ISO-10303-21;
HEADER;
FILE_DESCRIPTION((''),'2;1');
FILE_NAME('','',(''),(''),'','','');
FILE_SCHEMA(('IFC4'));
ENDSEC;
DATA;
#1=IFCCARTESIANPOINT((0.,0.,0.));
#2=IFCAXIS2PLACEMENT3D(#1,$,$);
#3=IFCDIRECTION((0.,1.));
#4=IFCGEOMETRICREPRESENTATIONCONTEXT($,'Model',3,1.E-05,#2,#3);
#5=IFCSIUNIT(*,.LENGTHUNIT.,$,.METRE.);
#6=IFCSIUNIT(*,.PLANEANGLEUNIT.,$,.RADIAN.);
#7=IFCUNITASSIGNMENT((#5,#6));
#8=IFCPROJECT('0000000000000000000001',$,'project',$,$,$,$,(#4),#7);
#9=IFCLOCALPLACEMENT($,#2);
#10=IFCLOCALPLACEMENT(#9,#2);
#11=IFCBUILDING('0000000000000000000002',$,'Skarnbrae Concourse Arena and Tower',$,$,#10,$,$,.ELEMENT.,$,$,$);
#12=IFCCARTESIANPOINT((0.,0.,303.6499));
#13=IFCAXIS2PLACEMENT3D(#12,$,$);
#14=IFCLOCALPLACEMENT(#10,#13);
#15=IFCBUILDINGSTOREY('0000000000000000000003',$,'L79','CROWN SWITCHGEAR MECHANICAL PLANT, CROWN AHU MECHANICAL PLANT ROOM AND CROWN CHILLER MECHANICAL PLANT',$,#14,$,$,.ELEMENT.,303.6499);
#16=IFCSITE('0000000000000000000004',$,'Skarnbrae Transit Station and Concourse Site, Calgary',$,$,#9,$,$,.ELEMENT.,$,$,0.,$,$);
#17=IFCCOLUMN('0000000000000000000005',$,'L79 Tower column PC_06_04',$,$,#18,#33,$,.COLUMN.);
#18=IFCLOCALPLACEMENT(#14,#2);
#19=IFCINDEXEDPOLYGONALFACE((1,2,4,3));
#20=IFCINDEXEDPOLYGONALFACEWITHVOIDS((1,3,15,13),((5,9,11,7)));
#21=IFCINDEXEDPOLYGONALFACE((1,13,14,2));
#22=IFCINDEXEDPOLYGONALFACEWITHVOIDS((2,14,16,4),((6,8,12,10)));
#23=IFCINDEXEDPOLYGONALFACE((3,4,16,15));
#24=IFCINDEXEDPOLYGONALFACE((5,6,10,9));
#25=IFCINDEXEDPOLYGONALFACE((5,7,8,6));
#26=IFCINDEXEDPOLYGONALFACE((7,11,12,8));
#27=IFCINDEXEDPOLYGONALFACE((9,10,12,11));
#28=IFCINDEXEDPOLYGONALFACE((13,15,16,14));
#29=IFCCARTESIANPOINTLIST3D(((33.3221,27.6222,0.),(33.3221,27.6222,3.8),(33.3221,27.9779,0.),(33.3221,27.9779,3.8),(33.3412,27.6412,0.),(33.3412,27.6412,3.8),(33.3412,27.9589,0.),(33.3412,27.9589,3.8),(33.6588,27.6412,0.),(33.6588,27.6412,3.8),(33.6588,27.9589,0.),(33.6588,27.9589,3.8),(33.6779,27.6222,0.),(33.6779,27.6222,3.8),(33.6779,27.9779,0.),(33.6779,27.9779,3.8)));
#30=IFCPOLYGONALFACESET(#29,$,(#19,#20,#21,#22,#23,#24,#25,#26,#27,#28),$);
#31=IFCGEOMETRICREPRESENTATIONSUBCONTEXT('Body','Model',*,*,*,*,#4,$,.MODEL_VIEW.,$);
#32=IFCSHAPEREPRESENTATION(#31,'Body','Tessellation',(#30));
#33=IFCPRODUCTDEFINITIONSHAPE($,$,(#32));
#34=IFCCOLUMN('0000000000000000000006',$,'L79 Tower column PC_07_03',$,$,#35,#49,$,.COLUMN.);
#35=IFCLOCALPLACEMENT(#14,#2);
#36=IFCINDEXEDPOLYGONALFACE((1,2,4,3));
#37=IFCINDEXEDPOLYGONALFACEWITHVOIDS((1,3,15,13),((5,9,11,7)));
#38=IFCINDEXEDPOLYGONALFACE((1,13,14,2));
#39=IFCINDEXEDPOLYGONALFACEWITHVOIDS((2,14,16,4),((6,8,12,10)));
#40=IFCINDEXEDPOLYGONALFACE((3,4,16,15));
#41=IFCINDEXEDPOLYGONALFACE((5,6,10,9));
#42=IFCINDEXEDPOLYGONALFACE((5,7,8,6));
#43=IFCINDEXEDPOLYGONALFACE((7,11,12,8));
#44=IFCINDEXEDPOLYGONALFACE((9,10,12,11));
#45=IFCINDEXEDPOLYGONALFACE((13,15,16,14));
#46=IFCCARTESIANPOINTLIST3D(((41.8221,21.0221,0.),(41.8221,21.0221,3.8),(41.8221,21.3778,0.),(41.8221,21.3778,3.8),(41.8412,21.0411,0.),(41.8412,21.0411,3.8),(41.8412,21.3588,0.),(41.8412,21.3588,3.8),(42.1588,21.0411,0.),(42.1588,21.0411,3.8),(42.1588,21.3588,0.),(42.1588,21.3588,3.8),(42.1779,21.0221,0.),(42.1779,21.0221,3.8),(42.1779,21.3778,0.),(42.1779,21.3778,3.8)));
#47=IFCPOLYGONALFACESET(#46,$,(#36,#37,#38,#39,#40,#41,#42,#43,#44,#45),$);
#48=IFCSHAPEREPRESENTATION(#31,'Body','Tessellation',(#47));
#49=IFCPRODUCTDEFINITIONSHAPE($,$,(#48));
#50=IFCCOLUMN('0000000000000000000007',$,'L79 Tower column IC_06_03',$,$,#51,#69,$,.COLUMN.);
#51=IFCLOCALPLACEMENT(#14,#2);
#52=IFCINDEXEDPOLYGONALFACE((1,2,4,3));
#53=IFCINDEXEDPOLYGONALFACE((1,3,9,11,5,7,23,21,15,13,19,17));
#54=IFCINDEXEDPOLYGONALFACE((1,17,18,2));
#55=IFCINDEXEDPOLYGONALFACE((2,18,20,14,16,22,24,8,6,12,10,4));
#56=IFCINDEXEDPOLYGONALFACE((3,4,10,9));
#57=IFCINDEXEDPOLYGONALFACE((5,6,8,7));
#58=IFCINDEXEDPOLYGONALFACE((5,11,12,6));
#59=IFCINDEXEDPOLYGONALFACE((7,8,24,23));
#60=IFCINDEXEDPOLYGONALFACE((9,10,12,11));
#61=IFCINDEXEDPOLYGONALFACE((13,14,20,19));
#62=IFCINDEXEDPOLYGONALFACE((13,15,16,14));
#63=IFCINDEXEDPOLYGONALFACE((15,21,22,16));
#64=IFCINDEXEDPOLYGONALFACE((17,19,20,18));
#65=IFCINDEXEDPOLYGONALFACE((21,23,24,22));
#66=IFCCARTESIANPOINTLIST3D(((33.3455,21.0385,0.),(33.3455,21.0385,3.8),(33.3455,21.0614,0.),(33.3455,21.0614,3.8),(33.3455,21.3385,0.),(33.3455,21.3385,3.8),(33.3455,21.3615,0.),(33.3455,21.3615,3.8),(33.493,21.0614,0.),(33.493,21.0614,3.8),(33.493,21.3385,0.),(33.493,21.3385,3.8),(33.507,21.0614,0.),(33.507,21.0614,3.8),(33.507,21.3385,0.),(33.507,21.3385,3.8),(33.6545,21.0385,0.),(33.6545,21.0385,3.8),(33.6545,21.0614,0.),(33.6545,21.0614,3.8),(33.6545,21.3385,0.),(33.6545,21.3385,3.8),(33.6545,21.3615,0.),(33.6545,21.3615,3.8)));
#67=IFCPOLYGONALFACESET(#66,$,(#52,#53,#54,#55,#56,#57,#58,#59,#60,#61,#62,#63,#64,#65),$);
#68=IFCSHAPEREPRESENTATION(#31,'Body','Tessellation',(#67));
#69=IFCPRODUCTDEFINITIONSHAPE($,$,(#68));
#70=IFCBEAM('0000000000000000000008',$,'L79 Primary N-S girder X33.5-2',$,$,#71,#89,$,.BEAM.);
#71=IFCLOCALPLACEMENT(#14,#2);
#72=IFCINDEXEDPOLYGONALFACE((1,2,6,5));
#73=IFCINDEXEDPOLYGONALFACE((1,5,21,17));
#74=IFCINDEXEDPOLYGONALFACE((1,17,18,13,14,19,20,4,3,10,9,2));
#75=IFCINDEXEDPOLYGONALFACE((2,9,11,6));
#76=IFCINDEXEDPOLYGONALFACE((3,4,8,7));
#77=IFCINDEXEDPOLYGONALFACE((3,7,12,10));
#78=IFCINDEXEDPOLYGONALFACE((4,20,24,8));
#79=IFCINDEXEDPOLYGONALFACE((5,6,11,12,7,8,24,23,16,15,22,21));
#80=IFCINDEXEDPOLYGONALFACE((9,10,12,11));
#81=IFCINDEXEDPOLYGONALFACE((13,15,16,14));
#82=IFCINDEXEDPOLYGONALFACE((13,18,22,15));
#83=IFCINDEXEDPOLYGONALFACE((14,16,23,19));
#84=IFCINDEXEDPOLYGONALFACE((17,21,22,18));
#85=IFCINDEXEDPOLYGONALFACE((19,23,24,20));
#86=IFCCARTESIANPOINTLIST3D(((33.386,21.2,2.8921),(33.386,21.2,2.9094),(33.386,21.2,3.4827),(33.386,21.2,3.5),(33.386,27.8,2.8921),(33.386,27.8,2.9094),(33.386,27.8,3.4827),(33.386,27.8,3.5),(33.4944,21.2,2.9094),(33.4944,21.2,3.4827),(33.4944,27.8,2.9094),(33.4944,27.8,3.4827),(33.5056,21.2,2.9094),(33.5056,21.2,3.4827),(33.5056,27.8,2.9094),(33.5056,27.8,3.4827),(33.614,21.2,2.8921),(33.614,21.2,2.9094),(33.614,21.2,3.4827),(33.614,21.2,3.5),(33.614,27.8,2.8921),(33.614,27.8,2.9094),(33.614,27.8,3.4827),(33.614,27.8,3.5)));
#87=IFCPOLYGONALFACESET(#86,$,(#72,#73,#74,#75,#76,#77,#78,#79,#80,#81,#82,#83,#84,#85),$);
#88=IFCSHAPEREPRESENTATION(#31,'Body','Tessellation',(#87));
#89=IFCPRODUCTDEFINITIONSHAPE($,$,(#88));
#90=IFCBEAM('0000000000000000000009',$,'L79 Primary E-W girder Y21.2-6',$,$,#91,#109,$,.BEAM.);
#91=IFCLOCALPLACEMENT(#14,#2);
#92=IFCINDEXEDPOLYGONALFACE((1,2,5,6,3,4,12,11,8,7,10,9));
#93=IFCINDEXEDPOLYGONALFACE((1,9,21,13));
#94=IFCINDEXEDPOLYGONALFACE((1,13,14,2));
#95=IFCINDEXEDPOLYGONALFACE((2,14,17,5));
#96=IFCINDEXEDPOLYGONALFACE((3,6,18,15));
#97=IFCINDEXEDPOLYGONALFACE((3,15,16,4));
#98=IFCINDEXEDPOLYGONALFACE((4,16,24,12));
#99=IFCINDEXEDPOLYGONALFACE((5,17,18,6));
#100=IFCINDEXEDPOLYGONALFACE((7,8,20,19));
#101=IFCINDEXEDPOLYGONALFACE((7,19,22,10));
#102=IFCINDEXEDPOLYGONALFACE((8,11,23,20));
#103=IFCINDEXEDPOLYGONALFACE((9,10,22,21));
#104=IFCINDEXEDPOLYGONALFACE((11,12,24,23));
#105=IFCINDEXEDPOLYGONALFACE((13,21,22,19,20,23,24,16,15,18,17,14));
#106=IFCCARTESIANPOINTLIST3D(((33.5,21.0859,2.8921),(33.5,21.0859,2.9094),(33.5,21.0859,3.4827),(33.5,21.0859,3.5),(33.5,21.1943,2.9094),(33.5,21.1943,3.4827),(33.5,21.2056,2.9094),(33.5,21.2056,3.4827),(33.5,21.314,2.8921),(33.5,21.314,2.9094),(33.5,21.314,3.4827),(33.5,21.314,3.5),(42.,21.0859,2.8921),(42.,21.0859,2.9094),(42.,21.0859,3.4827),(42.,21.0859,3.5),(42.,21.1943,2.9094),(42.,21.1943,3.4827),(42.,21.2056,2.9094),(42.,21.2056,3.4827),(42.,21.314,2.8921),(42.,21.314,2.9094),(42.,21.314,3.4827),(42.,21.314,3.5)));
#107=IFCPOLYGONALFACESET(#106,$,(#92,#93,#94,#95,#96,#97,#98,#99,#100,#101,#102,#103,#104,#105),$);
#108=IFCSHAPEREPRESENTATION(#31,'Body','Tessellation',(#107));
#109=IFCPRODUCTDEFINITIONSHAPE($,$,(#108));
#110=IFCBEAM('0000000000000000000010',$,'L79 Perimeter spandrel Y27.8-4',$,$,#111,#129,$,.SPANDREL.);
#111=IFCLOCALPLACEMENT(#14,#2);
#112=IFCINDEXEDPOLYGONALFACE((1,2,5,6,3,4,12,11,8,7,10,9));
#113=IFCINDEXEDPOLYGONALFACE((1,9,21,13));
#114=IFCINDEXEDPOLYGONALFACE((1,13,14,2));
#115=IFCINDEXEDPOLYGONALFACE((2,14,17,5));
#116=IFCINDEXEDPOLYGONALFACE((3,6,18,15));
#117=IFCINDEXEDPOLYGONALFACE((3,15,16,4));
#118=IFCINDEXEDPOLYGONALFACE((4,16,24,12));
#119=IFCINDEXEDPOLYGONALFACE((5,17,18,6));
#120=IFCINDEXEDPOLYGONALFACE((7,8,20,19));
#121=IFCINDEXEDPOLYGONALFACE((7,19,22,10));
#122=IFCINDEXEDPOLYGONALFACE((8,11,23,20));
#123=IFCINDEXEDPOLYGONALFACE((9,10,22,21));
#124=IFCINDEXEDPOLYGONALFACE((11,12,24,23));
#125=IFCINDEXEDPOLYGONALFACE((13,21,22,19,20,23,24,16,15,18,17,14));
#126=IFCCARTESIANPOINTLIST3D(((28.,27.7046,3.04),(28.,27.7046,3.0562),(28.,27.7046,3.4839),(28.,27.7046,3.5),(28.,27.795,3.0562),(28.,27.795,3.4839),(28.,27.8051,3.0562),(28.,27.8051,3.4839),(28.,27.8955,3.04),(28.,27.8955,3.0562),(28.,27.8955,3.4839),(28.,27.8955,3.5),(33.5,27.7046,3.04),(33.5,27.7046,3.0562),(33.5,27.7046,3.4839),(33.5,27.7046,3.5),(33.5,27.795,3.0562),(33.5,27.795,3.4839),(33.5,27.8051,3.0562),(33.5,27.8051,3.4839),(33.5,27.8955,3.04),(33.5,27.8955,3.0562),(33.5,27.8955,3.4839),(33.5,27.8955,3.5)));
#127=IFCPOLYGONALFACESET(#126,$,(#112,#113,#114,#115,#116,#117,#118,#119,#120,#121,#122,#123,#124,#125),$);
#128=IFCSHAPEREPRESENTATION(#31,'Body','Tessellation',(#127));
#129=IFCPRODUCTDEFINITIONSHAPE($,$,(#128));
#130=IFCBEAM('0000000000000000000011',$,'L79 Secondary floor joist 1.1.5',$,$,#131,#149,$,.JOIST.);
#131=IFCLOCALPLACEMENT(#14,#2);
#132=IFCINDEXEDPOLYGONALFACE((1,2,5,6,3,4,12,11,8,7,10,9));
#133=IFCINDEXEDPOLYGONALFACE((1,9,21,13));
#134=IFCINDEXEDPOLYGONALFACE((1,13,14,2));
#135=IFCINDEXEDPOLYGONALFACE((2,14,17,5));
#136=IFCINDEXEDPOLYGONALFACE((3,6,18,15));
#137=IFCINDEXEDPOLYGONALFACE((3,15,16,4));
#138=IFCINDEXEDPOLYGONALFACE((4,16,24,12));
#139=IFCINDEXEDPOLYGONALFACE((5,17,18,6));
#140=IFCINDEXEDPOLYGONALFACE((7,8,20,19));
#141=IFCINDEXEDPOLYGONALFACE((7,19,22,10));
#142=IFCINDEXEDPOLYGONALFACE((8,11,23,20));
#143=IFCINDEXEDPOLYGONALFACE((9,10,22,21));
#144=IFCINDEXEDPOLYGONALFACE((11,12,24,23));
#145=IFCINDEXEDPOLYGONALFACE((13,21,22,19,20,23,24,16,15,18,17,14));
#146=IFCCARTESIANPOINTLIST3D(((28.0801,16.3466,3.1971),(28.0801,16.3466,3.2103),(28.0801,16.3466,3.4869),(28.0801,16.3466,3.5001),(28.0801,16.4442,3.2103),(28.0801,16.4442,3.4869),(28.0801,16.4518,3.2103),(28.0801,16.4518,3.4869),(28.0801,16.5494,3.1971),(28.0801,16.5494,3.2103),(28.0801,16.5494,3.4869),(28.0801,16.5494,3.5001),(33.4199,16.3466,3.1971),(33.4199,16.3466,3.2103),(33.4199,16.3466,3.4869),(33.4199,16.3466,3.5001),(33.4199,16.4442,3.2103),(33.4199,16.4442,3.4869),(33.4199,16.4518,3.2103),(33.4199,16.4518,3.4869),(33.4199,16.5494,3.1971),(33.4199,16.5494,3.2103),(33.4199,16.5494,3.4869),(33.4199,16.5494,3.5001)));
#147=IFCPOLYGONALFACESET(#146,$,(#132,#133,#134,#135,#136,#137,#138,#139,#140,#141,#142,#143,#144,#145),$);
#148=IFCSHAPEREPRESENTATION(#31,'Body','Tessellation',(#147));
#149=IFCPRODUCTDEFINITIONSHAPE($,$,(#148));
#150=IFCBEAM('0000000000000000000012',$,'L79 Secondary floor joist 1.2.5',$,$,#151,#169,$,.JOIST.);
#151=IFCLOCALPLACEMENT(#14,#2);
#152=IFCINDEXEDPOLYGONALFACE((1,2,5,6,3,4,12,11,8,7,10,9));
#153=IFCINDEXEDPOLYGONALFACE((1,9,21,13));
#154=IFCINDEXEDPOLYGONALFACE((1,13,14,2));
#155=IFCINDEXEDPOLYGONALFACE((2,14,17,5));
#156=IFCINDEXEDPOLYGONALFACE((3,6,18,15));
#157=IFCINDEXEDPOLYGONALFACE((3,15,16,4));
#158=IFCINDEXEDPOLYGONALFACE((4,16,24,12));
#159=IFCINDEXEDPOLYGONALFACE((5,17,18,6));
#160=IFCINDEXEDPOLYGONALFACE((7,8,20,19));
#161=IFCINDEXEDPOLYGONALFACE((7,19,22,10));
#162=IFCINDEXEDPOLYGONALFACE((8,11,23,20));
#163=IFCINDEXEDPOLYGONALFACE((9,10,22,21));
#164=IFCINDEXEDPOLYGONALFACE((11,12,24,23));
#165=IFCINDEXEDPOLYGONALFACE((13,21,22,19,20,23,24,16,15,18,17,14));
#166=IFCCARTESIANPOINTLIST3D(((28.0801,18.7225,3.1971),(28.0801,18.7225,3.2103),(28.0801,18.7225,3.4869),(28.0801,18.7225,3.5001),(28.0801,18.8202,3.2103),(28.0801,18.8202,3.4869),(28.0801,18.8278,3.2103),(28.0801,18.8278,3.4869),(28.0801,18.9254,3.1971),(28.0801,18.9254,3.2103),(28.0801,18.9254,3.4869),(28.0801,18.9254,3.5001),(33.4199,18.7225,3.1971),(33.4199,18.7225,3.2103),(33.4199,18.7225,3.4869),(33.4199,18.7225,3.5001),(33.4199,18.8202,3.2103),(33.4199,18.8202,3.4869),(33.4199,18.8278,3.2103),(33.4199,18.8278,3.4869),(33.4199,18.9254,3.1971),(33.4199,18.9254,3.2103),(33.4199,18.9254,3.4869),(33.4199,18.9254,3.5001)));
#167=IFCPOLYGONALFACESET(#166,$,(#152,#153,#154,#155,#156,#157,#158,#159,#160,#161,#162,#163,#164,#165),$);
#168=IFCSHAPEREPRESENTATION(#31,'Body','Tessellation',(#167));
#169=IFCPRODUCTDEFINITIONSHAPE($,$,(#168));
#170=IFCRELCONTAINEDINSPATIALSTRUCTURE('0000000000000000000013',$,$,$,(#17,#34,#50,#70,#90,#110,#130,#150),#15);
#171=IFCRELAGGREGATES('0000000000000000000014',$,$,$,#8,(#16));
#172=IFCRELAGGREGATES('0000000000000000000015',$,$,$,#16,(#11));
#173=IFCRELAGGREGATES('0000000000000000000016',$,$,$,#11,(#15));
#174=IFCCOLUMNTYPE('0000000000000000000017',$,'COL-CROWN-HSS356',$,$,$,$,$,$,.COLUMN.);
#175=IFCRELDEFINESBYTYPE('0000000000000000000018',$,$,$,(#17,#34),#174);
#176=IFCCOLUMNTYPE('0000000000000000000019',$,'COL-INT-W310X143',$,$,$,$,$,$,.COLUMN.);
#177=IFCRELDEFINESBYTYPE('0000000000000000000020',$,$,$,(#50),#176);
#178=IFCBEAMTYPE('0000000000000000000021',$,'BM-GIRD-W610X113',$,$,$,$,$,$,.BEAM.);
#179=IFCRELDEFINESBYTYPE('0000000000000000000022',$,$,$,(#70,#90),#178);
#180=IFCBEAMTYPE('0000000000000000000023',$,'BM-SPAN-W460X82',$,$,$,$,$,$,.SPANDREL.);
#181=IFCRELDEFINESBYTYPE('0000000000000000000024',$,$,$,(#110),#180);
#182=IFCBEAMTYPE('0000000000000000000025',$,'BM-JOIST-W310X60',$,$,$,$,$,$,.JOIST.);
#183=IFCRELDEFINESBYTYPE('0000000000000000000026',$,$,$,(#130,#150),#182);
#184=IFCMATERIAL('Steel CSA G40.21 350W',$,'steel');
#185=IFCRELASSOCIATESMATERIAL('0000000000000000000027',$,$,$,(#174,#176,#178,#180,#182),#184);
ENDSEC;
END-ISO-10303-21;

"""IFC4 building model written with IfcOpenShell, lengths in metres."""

from ifc_helpers import new_model, si_unit, direction, frame, origin, origin_2d, place, context, subcontext, project, spatial, hollow_rectangle, i_section, extrude, source, transform, mapped, material, material_profile, profile_set, type_object, element, save


model = new_model("IFC4")

# Units and contexts
model_context = context("Model", 3, precision=1e-05, world=origin(), true_north=direction((0.0, 1.0)))
body_context = subcontext(model_context, "Body", "Model", "MODEL_VIEW")
ifc_project = project(units=[si_unit("LENGTHUNIT", "METRE"), si_unit("PLANEANGLEUNIT", "RADIAN")], contexts=[model_context])

# Site, building, storey
site_placement = place(None, origin())
site = spatial("IfcSite", under=ifc_project, at=site_placement, Name="Skarnbrae Transit Station and Concourse Site, Calgary", CompositionType="ELEMENT", RefElevation=0.0)
building_placement = place(site_placement, origin())
building = spatial("IfcBuilding", under=site, at=building_placement, Name="Skarnbrae Concourse Arena and Tower", CompositionType="ELEMENT")
storey_placement = place(building_placement, frame((0.0, 0.0, 303.6499)))
storey = spatial("IfcBuildingStorey", under=building, at=storey_placement, Name="L79", Description="CROWN SWITCHGEAR MECHANICAL PLANT, CROWN AHU MECHANICAL PLANT ROOM AND CROWN CHILLER MECHANICAL PLANT", CompositionType="ELEMENT", Elevation=303.6499)

# Columns
ifc_material_1 = material(Name="Steel CSA G40.21 350W", Category="steel")
ifc_material_profile_1 = material_profile(ifc_material_1, hollow_rectangle(XDim=0.3557, YDim=0.3557, WallThickness=0.019, at=origin_2d()), Name="HSS356X356X19.0")
ifc_profile_set_1 = profile_set([ifc_material_profile_1], Name="Steel CSA G40.21 350W")
column_type_1 = type_object("IfcColumnType", Name="COL-CROWN-HSS356", PredefinedType="COLUMN", material=ifc_profile_set_1)
shared_shape_1 = source(origin(), body_context, "Body", "SweptSolid", [
    extrude(hollow_rectangle(XDim=0.3557, YDim=0.3557, WallThickness=0.019, at=origin_2d()), origin(), (0.0, 0.0, 1.0), 3.8),
])
for number, where, z_axis, x_axis, name in (
    (1, (33.5, 27.8, 0.0), (0.0, 0.0, 1.0), (1.0, 0.0, 0.0), "L79 Tower column PC_06_04"),
    (2, (42.0, 21.2, 0.0), (0.0, 0.0, 1.0), (1.0, 0.0, 0.0), "L79 Tower column PC_07_03"),
):
    element("IfcColumn", number, at=place(storey_placement, frame(where, z_axis=z_axis, x_axis=x_axis)), inside=storey, type_object=column_type_1, Name=name, PredefinedType="COLUMN", context=body_context, shape_type="MappedRepresentation", body=[
        mapped(shared_shape_1, transform((0.0, 0.0, 0.0))),
    ])
ifc_material_profile_2 = material_profile(ifc_material_1, i_section(OverallWidth=0.3091, OverallDepth=0.323, WebThickness=0.0139, FlangeThickness=0.0229, at=origin_2d()), Name="W310X143")
ifc_profile_set_2 = profile_set([ifc_material_profile_2], Name="Steel CSA G40.21 350W")
column_type_2 = type_object("IfcColumnType", Name="COL-INT-W310X143", PredefinedType="COLUMN", material=ifc_profile_set_2)
shared_shape_2 = source(origin(), body_context, "Body", "SweptSolid", [
    extrude(i_section(OverallWidth=0.3091, OverallDepth=0.323, WebThickness=0.0139, FlangeThickness=0.0229, at=origin_2d()), origin(), (0.0, 0.0, 1.0), 3.8),
])
column_placement = place(storey_placement, frame((33.5, 21.2, 0.0), z_axis=(0.0, 0.0, 1.0), x_axis=(1.0, 0.0, 0.0)))
element("IfcColumn", 3, at=column_placement, inside=storey, type_object=column_type_2, Name="L79 Tower column IC_06_03", PredefinedType="COLUMN", context=body_context, shape_type="MappedRepresentation", body=[
    mapped(shared_shape_2, transform((0.0, 0.0, 0.0))),
])

# Beams
ifc_material_profile_3 = material_profile(ifc_material_1, i_section(OverallWidth=0.228, OverallDepth=0.6079, WebThickness=0.0112, FlangeThickness=0.0173, at=origin_2d()), Name="W610X113")
ifc_profile_set_3 = profile_set([ifc_material_profile_3], Name="Steel CSA G40.21 350W")
beam_type_1 = type_object("IfcBeamType", Name="BM-GIRD-W610X113", PredefinedType="BEAM", material=ifc_profile_set_3)
shared_shape_3 = source(origin(), body_context, "Body", "SweptSolid", [
    extrude(i_section(OverallWidth=0.228, OverallDepth=0.6079, WebThickness=0.0112, FlangeThickness=0.0173, at=origin_2d()), origin(), (0.0, 0.0, 1.0), 6.6001),
])
beam_1_placement = place(storey_placement, frame((33.5, 21.2, 3.196), z_axis=(0.0, 1.0, 0.0), x_axis=(-1.0, 0.0, 0.0)))
element("IfcBeam", 4, at=beam_1_placement, inside=storey, type_object=beam_type_1, Name="L79 Primary N-S girder X33.5-2", PredefinedType="BEAM", context=body_context, shape_type="MappedRepresentation", body=[
    mapped(shared_shape_3, transform((0.0, 0.0, 0.0))),
])
shared_shape_4 = source(origin(), body_context, "Body", "SweptSolid", [
    extrude(i_section(OverallWidth=0.228, OverallDepth=0.6079, WebThickness=0.0112, FlangeThickness=0.0173, at=origin_2d()), origin(), (0.0, 0.0, 1.0), 8.5),
])
beam_2_placement = place(storey_placement, frame((33.5, 21.2, 3.196), z_axis=(1.0, 0.0, 0.0), x_axis=(0.0, 1.0, 0.0)))
element("IfcBeam", 5, at=beam_2_placement, inside=storey, type_object=beam_type_1, Name="L79 Primary E-W girder Y21.2-6", PredefinedType="BEAM", context=body_context, shape_type="MappedRepresentation", body=[
    mapped(shared_shape_4, transform((0.0, 0.0, 0.0))),
])
ifc_material_profile_4 = material_profile(ifc_material_1, i_section(OverallWidth=0.1909, OverallDepth=0.46, WebThickness=0.01, FlangeThickness=0.0161, at=origin_2d()), Name="W460X82")
ifc_profile_set_4 = profile_set([ifc_material_profile_4], Name="Steel CSA G40.21 350W")
beam_type_2 = type_object("IfcBeamType", Name="BM-SPAN-W460X82", PredefinedType="SPANDREL", material=ifc_profile_set_4)
shared_shape_5 = source(origin(), body_context, "Body", "SweptSolid", [
    extrude(i_section(OverallWidth=0.1909, OverallDepth=0.46, WebThickness=0.01, FlangeThickness=0.0161, at=origin_2d()), origin(), (0.0, 0.0, 1.0), 5.5),
])
beam_3_placement = place(storey_placement, frame((28.0, 27.8, 3.27), z_axis=(1.0, 0.0, 0.0), x_axis=(0.0, 1.0, 0.0)))
element("IfcBeam", 6, at=beam_3_placement, inside=storey, type_object=beam_type_2, Name="L79 Perimeter spandrel Y27.8-4", PredefinedType="SPANDREL", context=body_context, shape_type="MappedRepresentation", body=[
    mapped(shared_shape_5, transform((0.0, 0.0, 0.0))),
])
ifc_material_profile_5 = material_profile(ifc_material_1, i_section(OverallWidth=0.2029, OverallDepth=0.303, WebThickness=0.0076, FlangeThickness=0.0132, at=origin_2d()), Name="W310X60")
ifc_profile_set_5 = profile_set([ifc_material_profile_5], Name="Steel CSA G40.21 350W")
beam_type_3 = type_object("IfcBeamType", Name="BM-JOIST-W310X60", PredefinedType="JOIST", material=ifc_profile_set_5)
shared_shape_6 = source(origin(), body_context, "Body", "SweptSolid", [
    extrude(i_section(OverallWidth=0.2029, OverallDepth=0.303, WebThickness=0.0076, FlangeThickness=0.0132, at=origin_2d()), origin(), (0.0, 0.0, 1.0), 5.3398),
])
for number, where, z_axis, x_axis, name in (
    (7, (28.0801, 16.448, 3.3486), (1.0, 0.0, 0.0), (0.0, 1.0, 0.0), "L79 Secondary floor joist 1.1.5"),
    (8, (28.0801, 18.824, 3.3486), (1.0, 0.0, 0.0), (0.0, 1.0, 0.0), "L79 Secondary floor joist 1.2.5"),
):
    element("IfcBeam", number, at=place(storey_placement, frame(where, z_axis=z_axis, x_axis=x_axis)), inside=storey, type_object=beam_type_3, Name=name, PredefinedType="JOIST", context=body_context, shape_type="MappedRepresentation", body=[
        mapped(shared_shape_6, transform((0.0, 0.0, 0.0))),
    ])

save(model, "model.ifc")
